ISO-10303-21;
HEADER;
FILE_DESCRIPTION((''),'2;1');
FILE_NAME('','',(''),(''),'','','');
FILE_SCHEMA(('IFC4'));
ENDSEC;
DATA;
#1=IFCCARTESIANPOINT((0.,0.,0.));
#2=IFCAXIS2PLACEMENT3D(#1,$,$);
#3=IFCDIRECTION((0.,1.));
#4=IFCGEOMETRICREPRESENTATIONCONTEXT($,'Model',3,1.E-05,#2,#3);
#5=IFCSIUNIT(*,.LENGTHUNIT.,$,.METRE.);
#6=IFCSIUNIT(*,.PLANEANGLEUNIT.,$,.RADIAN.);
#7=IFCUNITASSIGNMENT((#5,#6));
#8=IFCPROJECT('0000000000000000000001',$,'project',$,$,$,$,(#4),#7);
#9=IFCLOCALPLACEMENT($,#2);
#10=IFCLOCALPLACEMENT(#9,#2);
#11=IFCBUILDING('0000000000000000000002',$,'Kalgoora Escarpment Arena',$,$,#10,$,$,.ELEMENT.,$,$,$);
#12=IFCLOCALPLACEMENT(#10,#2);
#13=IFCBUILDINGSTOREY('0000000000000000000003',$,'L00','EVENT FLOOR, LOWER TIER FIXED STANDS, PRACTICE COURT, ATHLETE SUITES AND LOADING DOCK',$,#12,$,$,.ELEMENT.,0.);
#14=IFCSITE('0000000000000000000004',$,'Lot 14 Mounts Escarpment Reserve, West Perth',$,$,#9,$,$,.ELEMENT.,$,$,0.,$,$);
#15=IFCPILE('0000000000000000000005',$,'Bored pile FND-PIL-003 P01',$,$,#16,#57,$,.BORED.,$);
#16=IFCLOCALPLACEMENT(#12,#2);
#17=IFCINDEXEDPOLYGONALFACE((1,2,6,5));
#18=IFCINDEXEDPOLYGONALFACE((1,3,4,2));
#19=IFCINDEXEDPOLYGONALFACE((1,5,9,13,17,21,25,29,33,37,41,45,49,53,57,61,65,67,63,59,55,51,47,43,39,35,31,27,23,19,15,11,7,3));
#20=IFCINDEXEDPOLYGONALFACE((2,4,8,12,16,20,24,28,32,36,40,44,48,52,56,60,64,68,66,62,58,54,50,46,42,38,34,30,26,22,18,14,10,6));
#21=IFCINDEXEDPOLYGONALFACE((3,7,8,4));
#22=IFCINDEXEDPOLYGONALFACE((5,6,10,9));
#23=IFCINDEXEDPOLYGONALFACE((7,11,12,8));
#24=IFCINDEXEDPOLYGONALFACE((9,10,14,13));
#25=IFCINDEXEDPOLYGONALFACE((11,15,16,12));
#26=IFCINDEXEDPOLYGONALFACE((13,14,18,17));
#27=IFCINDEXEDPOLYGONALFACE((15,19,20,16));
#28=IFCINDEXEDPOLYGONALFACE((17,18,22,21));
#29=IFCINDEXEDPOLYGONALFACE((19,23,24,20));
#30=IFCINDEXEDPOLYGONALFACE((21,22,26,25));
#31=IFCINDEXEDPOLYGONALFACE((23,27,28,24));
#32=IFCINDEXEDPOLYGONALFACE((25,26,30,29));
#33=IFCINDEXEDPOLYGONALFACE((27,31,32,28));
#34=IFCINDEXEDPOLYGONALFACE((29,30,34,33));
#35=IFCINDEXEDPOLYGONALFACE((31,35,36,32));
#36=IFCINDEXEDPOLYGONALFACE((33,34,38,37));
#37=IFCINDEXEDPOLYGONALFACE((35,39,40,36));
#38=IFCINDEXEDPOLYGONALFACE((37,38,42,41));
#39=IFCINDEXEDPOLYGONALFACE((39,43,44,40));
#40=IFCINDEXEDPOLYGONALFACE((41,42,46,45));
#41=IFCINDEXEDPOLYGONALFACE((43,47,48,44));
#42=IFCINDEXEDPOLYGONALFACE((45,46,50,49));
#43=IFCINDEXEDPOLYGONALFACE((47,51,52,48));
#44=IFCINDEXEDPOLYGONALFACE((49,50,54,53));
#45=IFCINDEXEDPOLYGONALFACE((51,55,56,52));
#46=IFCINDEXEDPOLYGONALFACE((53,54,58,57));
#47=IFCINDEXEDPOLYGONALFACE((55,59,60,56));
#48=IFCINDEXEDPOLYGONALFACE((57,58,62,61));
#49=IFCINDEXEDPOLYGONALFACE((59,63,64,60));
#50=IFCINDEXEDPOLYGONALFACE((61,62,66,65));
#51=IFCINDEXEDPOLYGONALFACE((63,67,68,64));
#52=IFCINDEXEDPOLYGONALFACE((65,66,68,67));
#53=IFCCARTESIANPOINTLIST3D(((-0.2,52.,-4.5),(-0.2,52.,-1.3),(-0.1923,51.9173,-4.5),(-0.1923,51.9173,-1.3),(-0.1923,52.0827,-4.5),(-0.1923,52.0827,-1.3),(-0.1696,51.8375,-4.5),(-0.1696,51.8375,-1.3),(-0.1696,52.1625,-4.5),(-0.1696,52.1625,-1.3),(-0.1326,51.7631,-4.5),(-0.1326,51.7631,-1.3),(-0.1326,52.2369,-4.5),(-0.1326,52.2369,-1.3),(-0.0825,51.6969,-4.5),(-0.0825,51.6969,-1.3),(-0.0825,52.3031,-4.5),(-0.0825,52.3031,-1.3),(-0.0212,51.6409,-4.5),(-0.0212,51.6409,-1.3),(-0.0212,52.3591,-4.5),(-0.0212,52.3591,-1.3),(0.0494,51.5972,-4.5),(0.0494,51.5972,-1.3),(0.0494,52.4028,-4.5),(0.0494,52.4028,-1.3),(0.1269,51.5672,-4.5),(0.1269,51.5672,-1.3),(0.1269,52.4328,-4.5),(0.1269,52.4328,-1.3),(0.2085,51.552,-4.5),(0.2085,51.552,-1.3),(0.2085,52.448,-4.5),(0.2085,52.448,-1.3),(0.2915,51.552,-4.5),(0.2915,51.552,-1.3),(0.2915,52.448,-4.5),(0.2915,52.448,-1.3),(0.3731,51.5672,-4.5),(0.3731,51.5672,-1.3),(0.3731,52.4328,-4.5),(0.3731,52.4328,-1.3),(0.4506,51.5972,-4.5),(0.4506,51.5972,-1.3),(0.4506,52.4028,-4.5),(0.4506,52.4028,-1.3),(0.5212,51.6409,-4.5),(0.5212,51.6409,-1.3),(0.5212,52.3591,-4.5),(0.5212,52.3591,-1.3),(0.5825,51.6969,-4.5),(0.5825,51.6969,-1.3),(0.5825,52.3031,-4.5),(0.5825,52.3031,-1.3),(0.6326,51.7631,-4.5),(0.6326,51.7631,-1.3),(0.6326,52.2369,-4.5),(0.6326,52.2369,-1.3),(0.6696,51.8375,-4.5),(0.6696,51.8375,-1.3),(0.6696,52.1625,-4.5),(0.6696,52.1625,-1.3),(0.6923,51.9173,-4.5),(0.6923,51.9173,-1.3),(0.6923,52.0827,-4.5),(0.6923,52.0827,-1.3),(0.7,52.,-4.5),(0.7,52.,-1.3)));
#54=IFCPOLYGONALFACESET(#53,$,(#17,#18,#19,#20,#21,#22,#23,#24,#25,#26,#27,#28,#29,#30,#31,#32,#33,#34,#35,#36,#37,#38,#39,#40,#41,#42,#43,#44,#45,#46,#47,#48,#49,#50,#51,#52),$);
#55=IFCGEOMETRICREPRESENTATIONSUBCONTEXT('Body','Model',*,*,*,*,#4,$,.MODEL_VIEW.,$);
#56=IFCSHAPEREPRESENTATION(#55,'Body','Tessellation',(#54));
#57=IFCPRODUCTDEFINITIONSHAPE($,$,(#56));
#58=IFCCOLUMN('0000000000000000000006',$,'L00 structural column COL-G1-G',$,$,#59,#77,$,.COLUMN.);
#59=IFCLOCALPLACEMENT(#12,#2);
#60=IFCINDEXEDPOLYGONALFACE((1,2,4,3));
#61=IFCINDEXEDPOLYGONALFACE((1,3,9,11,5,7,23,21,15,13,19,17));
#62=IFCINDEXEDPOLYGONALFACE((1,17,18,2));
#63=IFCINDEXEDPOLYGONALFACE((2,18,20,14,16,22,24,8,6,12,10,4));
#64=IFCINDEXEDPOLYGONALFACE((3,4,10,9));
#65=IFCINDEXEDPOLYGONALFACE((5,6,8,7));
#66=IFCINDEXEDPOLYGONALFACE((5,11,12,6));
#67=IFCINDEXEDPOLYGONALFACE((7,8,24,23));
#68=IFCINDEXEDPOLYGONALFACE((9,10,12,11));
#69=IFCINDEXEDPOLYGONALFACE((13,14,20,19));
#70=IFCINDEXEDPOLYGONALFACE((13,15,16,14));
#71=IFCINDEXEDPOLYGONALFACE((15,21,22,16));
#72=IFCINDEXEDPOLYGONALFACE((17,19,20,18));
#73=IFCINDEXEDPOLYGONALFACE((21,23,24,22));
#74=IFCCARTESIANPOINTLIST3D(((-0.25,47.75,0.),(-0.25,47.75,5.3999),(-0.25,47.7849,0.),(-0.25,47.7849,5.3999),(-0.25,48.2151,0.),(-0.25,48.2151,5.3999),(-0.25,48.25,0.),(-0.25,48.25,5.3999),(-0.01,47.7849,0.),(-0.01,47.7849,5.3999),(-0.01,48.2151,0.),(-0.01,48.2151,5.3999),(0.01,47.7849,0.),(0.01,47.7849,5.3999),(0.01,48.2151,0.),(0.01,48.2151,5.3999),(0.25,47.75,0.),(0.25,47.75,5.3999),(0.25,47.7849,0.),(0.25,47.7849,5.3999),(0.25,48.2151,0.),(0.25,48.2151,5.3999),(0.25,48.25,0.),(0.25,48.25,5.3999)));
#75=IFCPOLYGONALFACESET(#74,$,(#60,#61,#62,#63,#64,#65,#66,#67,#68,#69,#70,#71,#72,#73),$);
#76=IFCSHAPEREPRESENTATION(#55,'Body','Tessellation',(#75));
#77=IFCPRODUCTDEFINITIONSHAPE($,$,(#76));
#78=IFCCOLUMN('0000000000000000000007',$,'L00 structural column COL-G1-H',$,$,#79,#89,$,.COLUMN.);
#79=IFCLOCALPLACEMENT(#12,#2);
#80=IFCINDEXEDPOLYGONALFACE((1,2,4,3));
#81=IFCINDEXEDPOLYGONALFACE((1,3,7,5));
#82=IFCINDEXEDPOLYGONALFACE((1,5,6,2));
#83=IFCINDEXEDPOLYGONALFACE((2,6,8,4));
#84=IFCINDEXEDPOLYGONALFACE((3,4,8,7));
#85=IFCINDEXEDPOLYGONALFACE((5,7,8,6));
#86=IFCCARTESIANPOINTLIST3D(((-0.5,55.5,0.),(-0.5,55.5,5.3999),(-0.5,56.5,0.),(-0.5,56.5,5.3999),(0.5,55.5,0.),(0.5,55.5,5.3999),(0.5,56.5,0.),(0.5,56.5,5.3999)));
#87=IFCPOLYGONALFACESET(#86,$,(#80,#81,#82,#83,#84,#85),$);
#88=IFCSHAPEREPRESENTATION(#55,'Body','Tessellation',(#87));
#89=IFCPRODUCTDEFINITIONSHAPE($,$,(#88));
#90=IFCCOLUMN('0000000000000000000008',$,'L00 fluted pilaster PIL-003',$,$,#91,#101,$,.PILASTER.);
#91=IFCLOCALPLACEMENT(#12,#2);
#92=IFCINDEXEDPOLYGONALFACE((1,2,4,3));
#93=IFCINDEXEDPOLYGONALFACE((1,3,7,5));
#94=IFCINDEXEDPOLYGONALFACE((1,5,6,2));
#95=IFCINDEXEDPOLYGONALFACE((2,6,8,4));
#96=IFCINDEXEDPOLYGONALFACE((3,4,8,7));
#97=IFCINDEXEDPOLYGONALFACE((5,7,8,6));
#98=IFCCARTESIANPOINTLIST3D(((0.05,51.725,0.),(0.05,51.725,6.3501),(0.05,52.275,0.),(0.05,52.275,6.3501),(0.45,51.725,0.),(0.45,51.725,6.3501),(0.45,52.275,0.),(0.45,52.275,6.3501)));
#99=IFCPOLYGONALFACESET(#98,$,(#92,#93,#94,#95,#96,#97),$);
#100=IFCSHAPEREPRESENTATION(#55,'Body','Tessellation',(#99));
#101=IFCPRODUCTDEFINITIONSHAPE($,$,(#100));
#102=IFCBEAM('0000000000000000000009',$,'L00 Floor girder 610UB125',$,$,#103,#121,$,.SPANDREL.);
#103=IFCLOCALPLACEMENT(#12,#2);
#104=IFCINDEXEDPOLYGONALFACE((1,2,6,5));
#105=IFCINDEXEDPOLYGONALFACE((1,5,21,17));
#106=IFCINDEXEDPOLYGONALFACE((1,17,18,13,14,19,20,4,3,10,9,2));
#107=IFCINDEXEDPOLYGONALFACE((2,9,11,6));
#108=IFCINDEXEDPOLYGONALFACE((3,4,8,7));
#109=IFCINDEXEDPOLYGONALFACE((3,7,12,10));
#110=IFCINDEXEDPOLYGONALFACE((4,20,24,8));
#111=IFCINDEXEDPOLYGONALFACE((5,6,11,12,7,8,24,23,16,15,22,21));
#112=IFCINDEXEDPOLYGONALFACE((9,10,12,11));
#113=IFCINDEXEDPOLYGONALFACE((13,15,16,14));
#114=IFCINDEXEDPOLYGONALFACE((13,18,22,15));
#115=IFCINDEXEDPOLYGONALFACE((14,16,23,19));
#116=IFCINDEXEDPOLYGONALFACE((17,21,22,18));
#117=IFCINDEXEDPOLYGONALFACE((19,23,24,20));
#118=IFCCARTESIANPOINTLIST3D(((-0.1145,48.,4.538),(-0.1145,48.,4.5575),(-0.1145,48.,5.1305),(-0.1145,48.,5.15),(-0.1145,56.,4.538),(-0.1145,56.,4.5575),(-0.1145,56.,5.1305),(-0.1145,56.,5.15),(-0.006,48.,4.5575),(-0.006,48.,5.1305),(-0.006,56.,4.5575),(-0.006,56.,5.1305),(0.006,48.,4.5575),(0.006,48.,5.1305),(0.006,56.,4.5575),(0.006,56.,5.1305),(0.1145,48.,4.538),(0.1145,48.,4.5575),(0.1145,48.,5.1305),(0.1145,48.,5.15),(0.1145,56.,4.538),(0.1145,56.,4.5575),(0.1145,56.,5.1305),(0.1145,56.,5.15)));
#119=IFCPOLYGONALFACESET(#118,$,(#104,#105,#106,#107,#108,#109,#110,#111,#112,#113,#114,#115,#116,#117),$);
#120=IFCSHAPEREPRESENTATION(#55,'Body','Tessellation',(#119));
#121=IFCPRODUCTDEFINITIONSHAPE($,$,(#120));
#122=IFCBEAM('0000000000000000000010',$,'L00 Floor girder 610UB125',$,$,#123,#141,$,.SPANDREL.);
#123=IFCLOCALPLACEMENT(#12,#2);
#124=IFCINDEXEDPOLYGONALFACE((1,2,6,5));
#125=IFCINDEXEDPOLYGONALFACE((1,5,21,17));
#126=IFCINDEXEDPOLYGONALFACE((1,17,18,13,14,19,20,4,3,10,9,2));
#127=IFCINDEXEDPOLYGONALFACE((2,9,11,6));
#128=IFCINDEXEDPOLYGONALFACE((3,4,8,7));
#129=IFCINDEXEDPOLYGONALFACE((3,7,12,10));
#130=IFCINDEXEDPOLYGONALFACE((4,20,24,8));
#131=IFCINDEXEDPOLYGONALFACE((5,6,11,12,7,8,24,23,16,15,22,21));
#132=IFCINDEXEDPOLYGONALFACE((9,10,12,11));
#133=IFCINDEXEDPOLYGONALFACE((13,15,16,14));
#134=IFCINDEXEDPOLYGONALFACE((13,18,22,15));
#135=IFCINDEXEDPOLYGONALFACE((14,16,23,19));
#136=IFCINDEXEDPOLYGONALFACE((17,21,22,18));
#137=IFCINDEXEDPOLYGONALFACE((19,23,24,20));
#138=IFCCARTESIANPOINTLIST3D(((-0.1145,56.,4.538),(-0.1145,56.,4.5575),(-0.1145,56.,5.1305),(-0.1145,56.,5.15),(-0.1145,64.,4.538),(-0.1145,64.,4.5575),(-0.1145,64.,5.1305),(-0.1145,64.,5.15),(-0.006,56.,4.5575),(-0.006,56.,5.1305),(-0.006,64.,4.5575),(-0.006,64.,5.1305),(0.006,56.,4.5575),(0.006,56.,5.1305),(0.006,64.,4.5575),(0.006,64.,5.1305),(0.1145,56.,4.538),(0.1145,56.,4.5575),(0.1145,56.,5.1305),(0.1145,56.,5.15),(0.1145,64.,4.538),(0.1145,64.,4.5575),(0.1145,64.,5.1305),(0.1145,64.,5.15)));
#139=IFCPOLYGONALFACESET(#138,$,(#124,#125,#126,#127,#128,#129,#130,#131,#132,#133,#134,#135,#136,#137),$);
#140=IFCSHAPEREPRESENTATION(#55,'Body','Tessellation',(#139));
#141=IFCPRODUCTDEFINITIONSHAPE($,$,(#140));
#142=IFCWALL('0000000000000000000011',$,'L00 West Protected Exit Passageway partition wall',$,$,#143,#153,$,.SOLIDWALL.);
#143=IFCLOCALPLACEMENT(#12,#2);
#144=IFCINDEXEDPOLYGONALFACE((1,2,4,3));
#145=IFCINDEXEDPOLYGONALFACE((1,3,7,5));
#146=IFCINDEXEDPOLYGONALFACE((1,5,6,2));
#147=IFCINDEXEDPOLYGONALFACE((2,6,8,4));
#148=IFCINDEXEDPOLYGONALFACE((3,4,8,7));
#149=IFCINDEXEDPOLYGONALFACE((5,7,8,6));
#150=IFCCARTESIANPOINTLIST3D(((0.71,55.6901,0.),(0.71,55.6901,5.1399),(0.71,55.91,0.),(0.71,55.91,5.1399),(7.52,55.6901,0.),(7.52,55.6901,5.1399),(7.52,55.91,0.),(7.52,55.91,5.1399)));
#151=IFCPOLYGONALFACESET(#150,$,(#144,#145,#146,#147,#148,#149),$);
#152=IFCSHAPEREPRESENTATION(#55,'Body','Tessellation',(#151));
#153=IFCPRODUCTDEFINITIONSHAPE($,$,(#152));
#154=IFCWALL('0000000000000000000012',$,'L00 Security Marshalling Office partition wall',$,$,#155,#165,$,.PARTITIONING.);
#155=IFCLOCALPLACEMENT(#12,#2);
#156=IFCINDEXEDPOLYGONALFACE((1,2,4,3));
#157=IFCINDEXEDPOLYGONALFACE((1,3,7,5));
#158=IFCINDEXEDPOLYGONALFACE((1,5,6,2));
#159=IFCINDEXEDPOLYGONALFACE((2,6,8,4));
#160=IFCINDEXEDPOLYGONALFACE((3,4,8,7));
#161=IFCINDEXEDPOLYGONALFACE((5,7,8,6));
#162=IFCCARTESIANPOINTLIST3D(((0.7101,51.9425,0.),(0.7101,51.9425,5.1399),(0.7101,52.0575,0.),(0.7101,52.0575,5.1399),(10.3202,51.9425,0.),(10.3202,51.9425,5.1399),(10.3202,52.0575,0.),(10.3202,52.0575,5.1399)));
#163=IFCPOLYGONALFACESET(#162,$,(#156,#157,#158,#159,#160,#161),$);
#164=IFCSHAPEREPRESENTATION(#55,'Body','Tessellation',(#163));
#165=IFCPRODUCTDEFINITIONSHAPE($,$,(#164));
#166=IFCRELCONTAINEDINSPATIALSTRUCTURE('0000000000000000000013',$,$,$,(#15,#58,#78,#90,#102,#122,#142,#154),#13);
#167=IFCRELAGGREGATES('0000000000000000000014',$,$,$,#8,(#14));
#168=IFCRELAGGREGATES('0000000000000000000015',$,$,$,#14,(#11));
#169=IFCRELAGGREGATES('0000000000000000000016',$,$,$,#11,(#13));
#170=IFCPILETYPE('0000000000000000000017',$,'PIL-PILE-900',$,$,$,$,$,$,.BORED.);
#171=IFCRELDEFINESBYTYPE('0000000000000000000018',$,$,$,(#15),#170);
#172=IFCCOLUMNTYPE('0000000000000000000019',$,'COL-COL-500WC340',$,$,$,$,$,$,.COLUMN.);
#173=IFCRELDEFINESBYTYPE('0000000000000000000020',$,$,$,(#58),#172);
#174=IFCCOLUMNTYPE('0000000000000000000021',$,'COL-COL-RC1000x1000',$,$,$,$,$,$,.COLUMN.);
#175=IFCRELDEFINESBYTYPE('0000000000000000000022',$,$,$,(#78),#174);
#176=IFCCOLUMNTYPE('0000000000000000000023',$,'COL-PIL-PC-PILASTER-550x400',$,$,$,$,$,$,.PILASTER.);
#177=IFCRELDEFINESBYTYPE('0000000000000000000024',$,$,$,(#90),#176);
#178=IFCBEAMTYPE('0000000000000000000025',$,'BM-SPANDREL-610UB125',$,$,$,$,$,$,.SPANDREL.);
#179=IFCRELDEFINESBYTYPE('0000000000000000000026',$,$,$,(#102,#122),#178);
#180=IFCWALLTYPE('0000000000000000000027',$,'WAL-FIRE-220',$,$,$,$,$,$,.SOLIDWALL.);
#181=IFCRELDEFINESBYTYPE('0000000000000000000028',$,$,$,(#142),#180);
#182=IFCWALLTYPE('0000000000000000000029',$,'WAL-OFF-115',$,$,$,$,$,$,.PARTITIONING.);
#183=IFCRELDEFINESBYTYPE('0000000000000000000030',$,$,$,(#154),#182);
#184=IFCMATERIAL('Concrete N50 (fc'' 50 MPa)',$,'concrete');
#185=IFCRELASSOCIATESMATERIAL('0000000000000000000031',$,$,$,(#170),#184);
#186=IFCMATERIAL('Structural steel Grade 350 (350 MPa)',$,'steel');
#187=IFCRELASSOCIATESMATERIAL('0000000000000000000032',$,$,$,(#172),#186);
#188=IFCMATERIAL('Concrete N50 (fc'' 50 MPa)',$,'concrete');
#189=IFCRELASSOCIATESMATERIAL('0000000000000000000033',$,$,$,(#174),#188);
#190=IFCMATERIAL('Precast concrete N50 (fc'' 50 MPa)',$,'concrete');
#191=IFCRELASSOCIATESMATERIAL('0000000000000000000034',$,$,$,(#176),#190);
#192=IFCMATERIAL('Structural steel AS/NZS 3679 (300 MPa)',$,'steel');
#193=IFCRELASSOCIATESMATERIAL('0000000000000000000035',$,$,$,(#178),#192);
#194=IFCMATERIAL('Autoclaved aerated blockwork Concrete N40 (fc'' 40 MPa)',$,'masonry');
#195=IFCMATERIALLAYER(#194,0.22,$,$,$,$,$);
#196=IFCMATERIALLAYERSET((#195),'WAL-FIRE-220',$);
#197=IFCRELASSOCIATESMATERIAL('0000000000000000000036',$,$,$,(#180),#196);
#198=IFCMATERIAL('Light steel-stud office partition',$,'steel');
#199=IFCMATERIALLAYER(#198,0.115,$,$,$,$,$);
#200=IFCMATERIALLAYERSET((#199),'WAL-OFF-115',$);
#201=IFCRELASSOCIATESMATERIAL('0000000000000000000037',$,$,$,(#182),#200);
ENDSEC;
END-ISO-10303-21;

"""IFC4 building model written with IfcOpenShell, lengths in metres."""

from ifc_helpers import new_model, si_unit, direction, frame, frame_2d, origin, origin_2d, place, context, subcontext, project, spatial, rectangle, circle, i_section, extrude, material, layer, layer_set, material_profile, profile_set, type_object, element, save


model = new_model("IFC4")

# Units and contexts
model_context = context("Model", 3, precision=1e-05, world=origin(), true_north=direction((0.0, 1.0)))
body_context = subcontext(model_context, "Body", "Model", "MODEL_VIEW")
ifc_project = project(units=[si_unit("LENGTHUNIT", "METRE"), si_unit("PLANEANGLEUNIT", "RADIAN")], contexts=[model_context])

# Site, building, storey
site_placement = place(None, origin())
site = spatial("IfcSite", under=ifc_project, at=site_placement, Name="Lot 14 Mounts Escarpment Reserve, West Perth", CompositionType="ELEMENT", RefElevation=0.0)
building_placement = place(site_placement, origin())
building = spatial("IfcBuilding", under=site, at=building_placement, Name="Kalgoora Escarpment Arena", CompositionType="ELEMENT")
storey_placement = place(building_placement, origin())
storey = spatial("IfcBuildingStorey", under=building, at=storey_placement, Name="L00", Description="EVENT FLOOR, LOWER TIER FIXED STANDS, PRACTICE COURT, ATHLETE SUITES AND LOADING DOCK", CompositionType="ELEMENT", Elevation=0.0)

# Pile
ifc_material_1 = material(Name="Concrete N50 (fc' 50 MPa)", Category="concrete")
ifc_material_profile_1 = material_profile(ifc_material_1, circle(Radius=0.45, at=origin_2d()))
ifc_profile_set_1 = profile_set([ifc_material_profile_1], Name="Concrete N50 (fc' 50 MPa)")
pile_type = type_object("IfcPileType", Name="PIL-PILE-900", PredefinedType="BORED", material=ifc_profile_set_1)
for number, where, z_axis, x_axis, name in (
    (1, (0.25, 52.0, -1.3), (0.0, 0.0, -1.0), (1.0, 0.0, 0.0), "Bored pile FND-PIL-003 P01"),
):
    element("IfcPile", number, at=place(storey_placement, frame(where, z_axis=z_axis, x_axis=x_axis)), inside=storey, type_object=pile_type, Name=name, PredefinedType="BORED", context=body_context, shape_type="SweptSolid", body=[
        extrude(circle(Radius=0.45, at=origin_2d()), origin(), (0.0, 0.0, 1.0), 3.2),
    ])

# Columns
ifc_material_2 = material(Name="Structural steel Grade 350 (350 MPa)", Category="steel")
ifc_material_profile_2 = material_profile(ifc_material_2, i_section(OverallWidth=0.5, OverallDepth=0.5, WebThickness=0.02, FlangeThickness=0.0349, at=origin_2d()))
ifc_profile_set_2 = profile_set([ifc_material_profile_2], Name="Structural steel Grade 350 (350 MPa)")
column_type_1 = type_object("IfcColumnType", Name="COL-COL-500WC340", PredefinedType="COLUMN", material=ifc_profile_set_2)
column_1_placement = place(storey_placement, frame((0.0, 48.0, 0.0), z_axis=(0.0, 0.0, 1.0), x_axis=(1.0, 0.0, 0.0)))
element("IfcColumn", 2, at=column_1_placement, inside=storey, type_object=column_type_1, Name="L00 structural column COL-G1-G", PredefinedType="COLUMN", context=body_context, shape_type="SweptSolid", body=[
    extrude(i_section(OverallWidth=0.5, OverallDepth=0.5, WebThickness=0.02, FlangeThickness=0.0349, at=origin_2d()), origin(), (0.0, 0.0, 1.0), 5.3999),
])
ifc_material_3 = material(Name="Concrete N50 (fc' 50 MPa)", Category="concrete")
ifc_material_profile_3 = material_profile(ifc_material_3, rectangle(XDim=1.0, YDim=1.0, at=origin_2d()))
ifc_profile_set_3 = profile_set([ifc_material_profile_3], Name="Concrete N50 (fc' 50 MPa)")
column_type_2 = type_object("IfcColumnType", Name="COL-COL-RC1000x1000", PredefinedType="COLUMN", material=ifc_profile_set_3)
column_2_placement = place(storey_placement, frame((0.0, 56.0, 0.0), z_axis=(0.0, 0.0, 1.0), x_axis=(1.0, 0.0, 0.0)))
element("IfcColumn", 3, at=column_2_placement, inside=storey, type_object=column_type_2, Name="L00 structural column COL-G1-H", PredefinedType="COLUMN", context=body_context, shape_type="SweptSolid", body=[
    extrude(rectangle(XDim=1.0, YDim=1.0, at=origin_2d()), origin(), (0.0, 0.0, 1.0), 5.3999),
])
ifc_material_4 = material(Name="Precast concrete N50 (fc' 50 MPa)", Category="concrete")
ifc_material_profile_4 = material_profile(ifc_material_4, rectangle(XDim=0.3999, YDim=0.55, at=origin_2d()))
ifc_profile_set_4 = profile_set([ifc_material_profile_4], Name="Precast concrete N50 (fc' 50 MPa)")
column_type_3 = type_object("IfcColumnType", Name="COL-PIL-PC-PILASTER-550x400", PredefinedType="PILASTER", material=ifc_profile_set_4)
column_3_placement = place(storey_placement, frame((0.25, 52.0, 0.0), z_axis=(0.0, 0.0, 1.0), x_axis=(1.0, 0.0, 0.0)))
element("IfcColumn", 4, at=column_3_placement, inside=storey, type_object=column_type_3, Name="L00 fluted pilaster PIL-003", PredefinedType="PILASTER", context=body_context, shape_type="SweptSolid", body=[
    extrude(rectangle(XDim=0.3999, YDim=0.55, at=origin_2d()), origin(), (0.0, 0.0, 1.0), 6.3501),
])

# Beams
ifc_material_5 = material(Name="Structural steel AS/NZS 3679 (300 MPa)", Category="steel")
ifc_material_profile_5 = material_profile(ifc_material_5, i_section(OverallWidth=0.229, OverallDepth=0.6121, WebThickness=0.012, FlangeThickness=0.0195, at=origin_2d()))
ifc_profile_set_5 = profile_set([ifc_material_profile_5], Name="Structural steel AS/NZS 3679 (300 MPa)")
beam_type = type_object("IfcBeamType", Name="BM-SPANDREL-610UB125", PredefinedType="SPANDREL", material=ifc_profile_set_5)
for number, where, z_axis, x_axis, name in (
    (5, (0.0, 48.0, 4.844), (0.0, 1.0, 0.0), (-1.0, 0.0, 0.0), "L00 Floor girder 610UB125"),
    (6, (0.0, 56.0, 4.844), (0.0, 1.0, 0.0), (-1.0, 0.0, 0.0), "L00 Floor girder 610UB125"),
):
    element("IfcBeam", number, at=place(storey_placement, frame(where, z_axis=z_axis, x_axis=x_axis)), inside=storey, type_object=beam_type, Name=name, PredefinedType="SPANDREL", context=body_context, shape_type="SweptSolid", body=[
        extrude(i_section(OverallWidth=0.229, OverallDepth=0.6121, WebThickness=0.012, FlangeThickness=0.0195, at=origin_2d()), origin(), (0.0, 0.0, 1.0), 8.0),
    ])

# Walls
ifc_material_6 = material(Name="Autoclaved aerated blockwork Concrete N40 (fc' 40 MPa)", Category="masonry")
ifc_layer_1 = layer(ifc_material_6, 0.22)
ifc_layer_set_1 = layer_set([ifc_layer_1], Name="WAL-FIRE-220")
wall_type_1 = type_object("IfcWallType", Name="WAL-FIRE-220", PredefinedType="SOLIDWALL", material=ifc_layer_set_1)
wall_1_placement = place(storey_placement, frame((0.71, 55.8, 0.0), z_axis=(0.0, 0.0, 1.0), x_axis=(1.0, 0.0, 0.0)))
element("IfcWall", 7, at=wall_1_placement, inside=storey, type_object=wall_type_1, Name="L00 West Protected Exit Passageway partition wall", PredefinedType="SOLIDWALL", context=body_context, shape_type="SweptSolid", body=[
    extrude(rectangle(XDim=6.8101, YDim=0.22, at=frame_2d((3.405, 0.0))), origin(), (0.0, 0.0, 1.0), 5.1399),
])
ifc_material_7 = material(Name="Light steel-stud office partition", Category="steel")
ifc_layer_2 = layer(ifc_material_7, 0.115)
ifc_layer_set_2 = layer_set([ifc_layer_2], Name="WAL-OFF-115")
wall_type_2 = type_object("IfcWallType", Name="WAL-OFF-115", PredefinedType="PARTITIONING", material=ifc_layer_set_2)
wall_2_placement = place(storey_placement, frame((0.71, 52.0, 0.0), z_axis=(0.0, 0.0, 1.0), x_axis=(1.0, 0.0, 0.0)))
element("IfcWall", 8, at=wall_2_placement, inside=storey, type_object=wall_type_2, Name="L00 Security Marshalling Office partition wall", PredefinedType="PARTITIONING", context=body_context, shape_type="SweptSolid", body=[
    extrude(rectangle(XDim=9.6101, YDim=0.115, at=frame_2d((4.8052, 0.0))), origin(), (0.0, 0.0, 1.0), 5.1399),
])

save(model, "model.ifc")
